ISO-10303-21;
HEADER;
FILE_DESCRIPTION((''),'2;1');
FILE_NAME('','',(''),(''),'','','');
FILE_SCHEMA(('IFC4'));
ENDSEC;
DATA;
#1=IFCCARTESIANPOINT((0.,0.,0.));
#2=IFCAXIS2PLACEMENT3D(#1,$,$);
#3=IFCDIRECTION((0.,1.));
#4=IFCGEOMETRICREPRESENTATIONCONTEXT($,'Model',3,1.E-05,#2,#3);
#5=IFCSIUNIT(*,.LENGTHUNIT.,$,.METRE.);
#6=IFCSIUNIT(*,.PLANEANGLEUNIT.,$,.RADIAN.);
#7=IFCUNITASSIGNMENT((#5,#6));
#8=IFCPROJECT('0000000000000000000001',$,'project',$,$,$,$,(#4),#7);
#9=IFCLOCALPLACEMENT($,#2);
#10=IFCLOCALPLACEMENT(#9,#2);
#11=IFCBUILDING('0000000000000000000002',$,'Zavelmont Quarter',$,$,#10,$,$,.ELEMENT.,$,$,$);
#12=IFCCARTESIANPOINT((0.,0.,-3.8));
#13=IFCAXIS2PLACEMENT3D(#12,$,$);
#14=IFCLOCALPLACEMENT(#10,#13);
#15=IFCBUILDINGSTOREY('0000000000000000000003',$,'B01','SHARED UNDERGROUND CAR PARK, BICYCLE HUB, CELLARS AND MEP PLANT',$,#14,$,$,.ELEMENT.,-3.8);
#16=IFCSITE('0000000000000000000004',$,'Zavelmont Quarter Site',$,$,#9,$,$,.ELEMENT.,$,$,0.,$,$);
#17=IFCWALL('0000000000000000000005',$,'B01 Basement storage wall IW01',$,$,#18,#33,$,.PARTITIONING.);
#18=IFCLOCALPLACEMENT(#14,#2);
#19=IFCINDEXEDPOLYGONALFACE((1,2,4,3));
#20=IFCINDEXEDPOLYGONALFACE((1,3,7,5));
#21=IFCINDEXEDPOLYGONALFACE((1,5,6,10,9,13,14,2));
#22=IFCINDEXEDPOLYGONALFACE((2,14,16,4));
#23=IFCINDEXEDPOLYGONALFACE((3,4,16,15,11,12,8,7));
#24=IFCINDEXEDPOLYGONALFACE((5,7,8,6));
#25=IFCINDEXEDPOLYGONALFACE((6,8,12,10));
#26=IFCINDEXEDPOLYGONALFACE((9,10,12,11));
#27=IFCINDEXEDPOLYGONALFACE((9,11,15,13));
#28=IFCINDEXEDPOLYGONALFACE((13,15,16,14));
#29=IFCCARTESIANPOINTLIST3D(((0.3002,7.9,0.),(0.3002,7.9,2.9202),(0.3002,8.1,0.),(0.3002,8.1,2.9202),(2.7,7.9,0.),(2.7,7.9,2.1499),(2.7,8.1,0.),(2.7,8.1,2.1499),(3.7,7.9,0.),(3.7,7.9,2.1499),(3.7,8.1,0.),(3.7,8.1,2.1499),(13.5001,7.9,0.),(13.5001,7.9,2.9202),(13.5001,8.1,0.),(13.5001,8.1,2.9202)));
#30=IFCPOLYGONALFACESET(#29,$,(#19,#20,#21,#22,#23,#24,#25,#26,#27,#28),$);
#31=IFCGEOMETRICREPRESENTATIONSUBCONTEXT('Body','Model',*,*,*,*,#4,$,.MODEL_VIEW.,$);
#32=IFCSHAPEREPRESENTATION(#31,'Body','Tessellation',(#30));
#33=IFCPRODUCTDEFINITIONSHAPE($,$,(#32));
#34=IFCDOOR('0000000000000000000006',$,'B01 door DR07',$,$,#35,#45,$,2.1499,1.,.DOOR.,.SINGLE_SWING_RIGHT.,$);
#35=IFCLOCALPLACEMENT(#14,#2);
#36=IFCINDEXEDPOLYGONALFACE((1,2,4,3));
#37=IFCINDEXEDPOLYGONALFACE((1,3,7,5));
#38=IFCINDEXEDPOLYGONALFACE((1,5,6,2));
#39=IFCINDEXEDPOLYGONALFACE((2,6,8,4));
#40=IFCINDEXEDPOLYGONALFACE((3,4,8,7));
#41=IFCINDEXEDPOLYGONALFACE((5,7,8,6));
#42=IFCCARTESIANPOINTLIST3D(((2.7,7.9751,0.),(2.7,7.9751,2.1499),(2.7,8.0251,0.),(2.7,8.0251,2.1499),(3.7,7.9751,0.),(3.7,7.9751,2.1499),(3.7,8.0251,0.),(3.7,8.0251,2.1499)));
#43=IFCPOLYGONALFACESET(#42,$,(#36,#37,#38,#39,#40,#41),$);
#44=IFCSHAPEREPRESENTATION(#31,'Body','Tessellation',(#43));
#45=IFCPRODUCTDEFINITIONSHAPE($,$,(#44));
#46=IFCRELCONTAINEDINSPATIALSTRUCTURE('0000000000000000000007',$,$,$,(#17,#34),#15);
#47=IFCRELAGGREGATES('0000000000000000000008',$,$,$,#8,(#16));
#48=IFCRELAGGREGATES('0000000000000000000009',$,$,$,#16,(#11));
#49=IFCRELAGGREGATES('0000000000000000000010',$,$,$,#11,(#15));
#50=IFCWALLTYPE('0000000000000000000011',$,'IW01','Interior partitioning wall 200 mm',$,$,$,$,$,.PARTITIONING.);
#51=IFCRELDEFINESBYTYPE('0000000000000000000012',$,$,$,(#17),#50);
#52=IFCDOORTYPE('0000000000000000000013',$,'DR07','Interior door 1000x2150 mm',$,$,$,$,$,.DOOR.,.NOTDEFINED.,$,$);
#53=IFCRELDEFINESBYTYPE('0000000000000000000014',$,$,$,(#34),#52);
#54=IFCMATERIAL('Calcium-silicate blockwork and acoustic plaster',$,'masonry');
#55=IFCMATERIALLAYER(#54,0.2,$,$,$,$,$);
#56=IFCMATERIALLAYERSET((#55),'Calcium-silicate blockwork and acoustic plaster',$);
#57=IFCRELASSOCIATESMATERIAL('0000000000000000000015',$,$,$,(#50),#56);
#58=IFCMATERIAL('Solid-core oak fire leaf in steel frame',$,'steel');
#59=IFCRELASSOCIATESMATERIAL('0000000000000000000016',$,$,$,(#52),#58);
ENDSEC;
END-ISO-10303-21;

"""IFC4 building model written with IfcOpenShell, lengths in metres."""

from ifc_helpers import new_model, si_unit, direction, frame, frame_2d, origin, place, context, subcontext, project, spatial, rectangle, extrude, material, layer, layer_set, type_object, element, fill, save


model = new_model("IFC4")

# Units and contexts
model_context = context("Model", 3, precision=1e-05, world=origin(), true_north=direction((0.0, 1.0)))
body_context = subcontext(model_context, "Body", "Model", "MODEL_VIEW")
ifc_project = project(units=[si_unit("LENGTHUNIT", "METRE"), si_unit("PLANEANGLEUNIT", "RADIAN")], contexts=[model_context])

# Site, building, storey
site_placement = place(None, origin())
site = spatial("IfcSite", under=ifc_project, at=site_placement, Name="Zavelmont Quarter Site", CompositionType="ELEMENT", RefElevation=0.0)
building_placement = place(site_placement, origin())
building = spatial("IfcBuilding", under=site, at=building_placement, Name="Zavelmont Quarter", CompositionType="ELEMENT")
storey_placement = place(building_placement, frame((0.0, 0.0, -3.8)))
storey = spatial("IfcBuildingStorey", under=building, at=storey_placement, Name="B01", Description="SHARED UNDERGROUND CAR PARK, BICYCLE HUB, CELLARS AND MEP PLANT", CompositionType="ELEMENT", Elevation=-3.8)

# Wall, opening, door
ifc_material_1 = material(Name="Calcium-silicate blockwork and acoustic plaster", Category="masonry")
ifc_layer_1 = layer(ifc_material_1, 0.2)
ifc_layer_set_1 = layer_set([ifc_layer_1], Name="Calcium-silicate blockwork and acoustic plaster")
wall_type_1 = type_object("IfcWallType", Name="IW01", Description="Interior partitioning wall 200 mm", PredefinedType="PARTITIONING", material=ifc_layer_set_1)
wall_1_placement = place(storey_placement, frame((0.3, 8.0, 0.0), z_axis=(0.0, 0.0, 1.0), x_axis=(1.0, 0.0, 0.0)))
wall_1 = element("IfcWall", 1, at=wall_1_placement, inside=storey, type_object=wall_type_1, Name="B01 Basement storage wall IW01", PredefinedType="PARTITIONING", context=body_context, shape_type="SweptSolid", body=[
    extrude(rectangle(XDim=13.2, YDim=0.2, at=frame_2d((6.6001, 0.0))), origin(), (0.0, 0.0, 1.0), 2.9202),
])
opening_placement = place(wall_1_placement, frame((2.3999, 0.0, 0.0)))
opening = element("IfcOpeningElement", 2, at=opening_placement, cuts=wall_1, PredefinedType="OPENING", context=body_context, shape_type="SweptSolid", body=[
    extrude(rectangle(XDim=1.0, YDim=2.1499, at=frame_2d((0.5, 1.075))), frame((0.0, 0.1118, 0.0), z_axis=(0.0, -1.0, 0.0), x_axis=(1.0, 0.0, 0.0)), (0.0, 0.0, 1.0), 0.2239),
])
ifc_material_2 = material(Name="Solid-core oak fire leaf in steel frame", Category="steel")
door_type = type_object("IfcDoorType", Name="DR07", Description="Interior door 1000x2150 mm", OperationType="NOTDEFINED", PredefinedType="DOOR", material=ifc_material_2)
door_placement = place(opening_placement, frame((1.0, 0.0, 0.0), z_axis=(0.0, 0.0, 1.0), x_axis=(-1.0, 0.0, 0.0)))
door = element("IfcDoor", 3, at=door_placement, inside=storey, type_object=door_type, Name="B01 door DR07", OperationType="SINGLE_SWING_RIGHT", OverallHeight=2.1499, OverallWidth=1.0, PredefinedType="DOOR", context=body_context, shape_type="SweptSolid", body=[
    extrude(rectangle(XDim=1.0, YDim=2.1499, at=frame_2d((0.5, 1.075))), frame((0.0, 0.0249, 0.0), z_axis=(0.0, -1.0, 0.0), x_axis=(1.0, 0.0, 0.0)), (0.0, 0.0, 1.0), 0.05),
])
fill(opening, door)

save(model, "model.ifc")
